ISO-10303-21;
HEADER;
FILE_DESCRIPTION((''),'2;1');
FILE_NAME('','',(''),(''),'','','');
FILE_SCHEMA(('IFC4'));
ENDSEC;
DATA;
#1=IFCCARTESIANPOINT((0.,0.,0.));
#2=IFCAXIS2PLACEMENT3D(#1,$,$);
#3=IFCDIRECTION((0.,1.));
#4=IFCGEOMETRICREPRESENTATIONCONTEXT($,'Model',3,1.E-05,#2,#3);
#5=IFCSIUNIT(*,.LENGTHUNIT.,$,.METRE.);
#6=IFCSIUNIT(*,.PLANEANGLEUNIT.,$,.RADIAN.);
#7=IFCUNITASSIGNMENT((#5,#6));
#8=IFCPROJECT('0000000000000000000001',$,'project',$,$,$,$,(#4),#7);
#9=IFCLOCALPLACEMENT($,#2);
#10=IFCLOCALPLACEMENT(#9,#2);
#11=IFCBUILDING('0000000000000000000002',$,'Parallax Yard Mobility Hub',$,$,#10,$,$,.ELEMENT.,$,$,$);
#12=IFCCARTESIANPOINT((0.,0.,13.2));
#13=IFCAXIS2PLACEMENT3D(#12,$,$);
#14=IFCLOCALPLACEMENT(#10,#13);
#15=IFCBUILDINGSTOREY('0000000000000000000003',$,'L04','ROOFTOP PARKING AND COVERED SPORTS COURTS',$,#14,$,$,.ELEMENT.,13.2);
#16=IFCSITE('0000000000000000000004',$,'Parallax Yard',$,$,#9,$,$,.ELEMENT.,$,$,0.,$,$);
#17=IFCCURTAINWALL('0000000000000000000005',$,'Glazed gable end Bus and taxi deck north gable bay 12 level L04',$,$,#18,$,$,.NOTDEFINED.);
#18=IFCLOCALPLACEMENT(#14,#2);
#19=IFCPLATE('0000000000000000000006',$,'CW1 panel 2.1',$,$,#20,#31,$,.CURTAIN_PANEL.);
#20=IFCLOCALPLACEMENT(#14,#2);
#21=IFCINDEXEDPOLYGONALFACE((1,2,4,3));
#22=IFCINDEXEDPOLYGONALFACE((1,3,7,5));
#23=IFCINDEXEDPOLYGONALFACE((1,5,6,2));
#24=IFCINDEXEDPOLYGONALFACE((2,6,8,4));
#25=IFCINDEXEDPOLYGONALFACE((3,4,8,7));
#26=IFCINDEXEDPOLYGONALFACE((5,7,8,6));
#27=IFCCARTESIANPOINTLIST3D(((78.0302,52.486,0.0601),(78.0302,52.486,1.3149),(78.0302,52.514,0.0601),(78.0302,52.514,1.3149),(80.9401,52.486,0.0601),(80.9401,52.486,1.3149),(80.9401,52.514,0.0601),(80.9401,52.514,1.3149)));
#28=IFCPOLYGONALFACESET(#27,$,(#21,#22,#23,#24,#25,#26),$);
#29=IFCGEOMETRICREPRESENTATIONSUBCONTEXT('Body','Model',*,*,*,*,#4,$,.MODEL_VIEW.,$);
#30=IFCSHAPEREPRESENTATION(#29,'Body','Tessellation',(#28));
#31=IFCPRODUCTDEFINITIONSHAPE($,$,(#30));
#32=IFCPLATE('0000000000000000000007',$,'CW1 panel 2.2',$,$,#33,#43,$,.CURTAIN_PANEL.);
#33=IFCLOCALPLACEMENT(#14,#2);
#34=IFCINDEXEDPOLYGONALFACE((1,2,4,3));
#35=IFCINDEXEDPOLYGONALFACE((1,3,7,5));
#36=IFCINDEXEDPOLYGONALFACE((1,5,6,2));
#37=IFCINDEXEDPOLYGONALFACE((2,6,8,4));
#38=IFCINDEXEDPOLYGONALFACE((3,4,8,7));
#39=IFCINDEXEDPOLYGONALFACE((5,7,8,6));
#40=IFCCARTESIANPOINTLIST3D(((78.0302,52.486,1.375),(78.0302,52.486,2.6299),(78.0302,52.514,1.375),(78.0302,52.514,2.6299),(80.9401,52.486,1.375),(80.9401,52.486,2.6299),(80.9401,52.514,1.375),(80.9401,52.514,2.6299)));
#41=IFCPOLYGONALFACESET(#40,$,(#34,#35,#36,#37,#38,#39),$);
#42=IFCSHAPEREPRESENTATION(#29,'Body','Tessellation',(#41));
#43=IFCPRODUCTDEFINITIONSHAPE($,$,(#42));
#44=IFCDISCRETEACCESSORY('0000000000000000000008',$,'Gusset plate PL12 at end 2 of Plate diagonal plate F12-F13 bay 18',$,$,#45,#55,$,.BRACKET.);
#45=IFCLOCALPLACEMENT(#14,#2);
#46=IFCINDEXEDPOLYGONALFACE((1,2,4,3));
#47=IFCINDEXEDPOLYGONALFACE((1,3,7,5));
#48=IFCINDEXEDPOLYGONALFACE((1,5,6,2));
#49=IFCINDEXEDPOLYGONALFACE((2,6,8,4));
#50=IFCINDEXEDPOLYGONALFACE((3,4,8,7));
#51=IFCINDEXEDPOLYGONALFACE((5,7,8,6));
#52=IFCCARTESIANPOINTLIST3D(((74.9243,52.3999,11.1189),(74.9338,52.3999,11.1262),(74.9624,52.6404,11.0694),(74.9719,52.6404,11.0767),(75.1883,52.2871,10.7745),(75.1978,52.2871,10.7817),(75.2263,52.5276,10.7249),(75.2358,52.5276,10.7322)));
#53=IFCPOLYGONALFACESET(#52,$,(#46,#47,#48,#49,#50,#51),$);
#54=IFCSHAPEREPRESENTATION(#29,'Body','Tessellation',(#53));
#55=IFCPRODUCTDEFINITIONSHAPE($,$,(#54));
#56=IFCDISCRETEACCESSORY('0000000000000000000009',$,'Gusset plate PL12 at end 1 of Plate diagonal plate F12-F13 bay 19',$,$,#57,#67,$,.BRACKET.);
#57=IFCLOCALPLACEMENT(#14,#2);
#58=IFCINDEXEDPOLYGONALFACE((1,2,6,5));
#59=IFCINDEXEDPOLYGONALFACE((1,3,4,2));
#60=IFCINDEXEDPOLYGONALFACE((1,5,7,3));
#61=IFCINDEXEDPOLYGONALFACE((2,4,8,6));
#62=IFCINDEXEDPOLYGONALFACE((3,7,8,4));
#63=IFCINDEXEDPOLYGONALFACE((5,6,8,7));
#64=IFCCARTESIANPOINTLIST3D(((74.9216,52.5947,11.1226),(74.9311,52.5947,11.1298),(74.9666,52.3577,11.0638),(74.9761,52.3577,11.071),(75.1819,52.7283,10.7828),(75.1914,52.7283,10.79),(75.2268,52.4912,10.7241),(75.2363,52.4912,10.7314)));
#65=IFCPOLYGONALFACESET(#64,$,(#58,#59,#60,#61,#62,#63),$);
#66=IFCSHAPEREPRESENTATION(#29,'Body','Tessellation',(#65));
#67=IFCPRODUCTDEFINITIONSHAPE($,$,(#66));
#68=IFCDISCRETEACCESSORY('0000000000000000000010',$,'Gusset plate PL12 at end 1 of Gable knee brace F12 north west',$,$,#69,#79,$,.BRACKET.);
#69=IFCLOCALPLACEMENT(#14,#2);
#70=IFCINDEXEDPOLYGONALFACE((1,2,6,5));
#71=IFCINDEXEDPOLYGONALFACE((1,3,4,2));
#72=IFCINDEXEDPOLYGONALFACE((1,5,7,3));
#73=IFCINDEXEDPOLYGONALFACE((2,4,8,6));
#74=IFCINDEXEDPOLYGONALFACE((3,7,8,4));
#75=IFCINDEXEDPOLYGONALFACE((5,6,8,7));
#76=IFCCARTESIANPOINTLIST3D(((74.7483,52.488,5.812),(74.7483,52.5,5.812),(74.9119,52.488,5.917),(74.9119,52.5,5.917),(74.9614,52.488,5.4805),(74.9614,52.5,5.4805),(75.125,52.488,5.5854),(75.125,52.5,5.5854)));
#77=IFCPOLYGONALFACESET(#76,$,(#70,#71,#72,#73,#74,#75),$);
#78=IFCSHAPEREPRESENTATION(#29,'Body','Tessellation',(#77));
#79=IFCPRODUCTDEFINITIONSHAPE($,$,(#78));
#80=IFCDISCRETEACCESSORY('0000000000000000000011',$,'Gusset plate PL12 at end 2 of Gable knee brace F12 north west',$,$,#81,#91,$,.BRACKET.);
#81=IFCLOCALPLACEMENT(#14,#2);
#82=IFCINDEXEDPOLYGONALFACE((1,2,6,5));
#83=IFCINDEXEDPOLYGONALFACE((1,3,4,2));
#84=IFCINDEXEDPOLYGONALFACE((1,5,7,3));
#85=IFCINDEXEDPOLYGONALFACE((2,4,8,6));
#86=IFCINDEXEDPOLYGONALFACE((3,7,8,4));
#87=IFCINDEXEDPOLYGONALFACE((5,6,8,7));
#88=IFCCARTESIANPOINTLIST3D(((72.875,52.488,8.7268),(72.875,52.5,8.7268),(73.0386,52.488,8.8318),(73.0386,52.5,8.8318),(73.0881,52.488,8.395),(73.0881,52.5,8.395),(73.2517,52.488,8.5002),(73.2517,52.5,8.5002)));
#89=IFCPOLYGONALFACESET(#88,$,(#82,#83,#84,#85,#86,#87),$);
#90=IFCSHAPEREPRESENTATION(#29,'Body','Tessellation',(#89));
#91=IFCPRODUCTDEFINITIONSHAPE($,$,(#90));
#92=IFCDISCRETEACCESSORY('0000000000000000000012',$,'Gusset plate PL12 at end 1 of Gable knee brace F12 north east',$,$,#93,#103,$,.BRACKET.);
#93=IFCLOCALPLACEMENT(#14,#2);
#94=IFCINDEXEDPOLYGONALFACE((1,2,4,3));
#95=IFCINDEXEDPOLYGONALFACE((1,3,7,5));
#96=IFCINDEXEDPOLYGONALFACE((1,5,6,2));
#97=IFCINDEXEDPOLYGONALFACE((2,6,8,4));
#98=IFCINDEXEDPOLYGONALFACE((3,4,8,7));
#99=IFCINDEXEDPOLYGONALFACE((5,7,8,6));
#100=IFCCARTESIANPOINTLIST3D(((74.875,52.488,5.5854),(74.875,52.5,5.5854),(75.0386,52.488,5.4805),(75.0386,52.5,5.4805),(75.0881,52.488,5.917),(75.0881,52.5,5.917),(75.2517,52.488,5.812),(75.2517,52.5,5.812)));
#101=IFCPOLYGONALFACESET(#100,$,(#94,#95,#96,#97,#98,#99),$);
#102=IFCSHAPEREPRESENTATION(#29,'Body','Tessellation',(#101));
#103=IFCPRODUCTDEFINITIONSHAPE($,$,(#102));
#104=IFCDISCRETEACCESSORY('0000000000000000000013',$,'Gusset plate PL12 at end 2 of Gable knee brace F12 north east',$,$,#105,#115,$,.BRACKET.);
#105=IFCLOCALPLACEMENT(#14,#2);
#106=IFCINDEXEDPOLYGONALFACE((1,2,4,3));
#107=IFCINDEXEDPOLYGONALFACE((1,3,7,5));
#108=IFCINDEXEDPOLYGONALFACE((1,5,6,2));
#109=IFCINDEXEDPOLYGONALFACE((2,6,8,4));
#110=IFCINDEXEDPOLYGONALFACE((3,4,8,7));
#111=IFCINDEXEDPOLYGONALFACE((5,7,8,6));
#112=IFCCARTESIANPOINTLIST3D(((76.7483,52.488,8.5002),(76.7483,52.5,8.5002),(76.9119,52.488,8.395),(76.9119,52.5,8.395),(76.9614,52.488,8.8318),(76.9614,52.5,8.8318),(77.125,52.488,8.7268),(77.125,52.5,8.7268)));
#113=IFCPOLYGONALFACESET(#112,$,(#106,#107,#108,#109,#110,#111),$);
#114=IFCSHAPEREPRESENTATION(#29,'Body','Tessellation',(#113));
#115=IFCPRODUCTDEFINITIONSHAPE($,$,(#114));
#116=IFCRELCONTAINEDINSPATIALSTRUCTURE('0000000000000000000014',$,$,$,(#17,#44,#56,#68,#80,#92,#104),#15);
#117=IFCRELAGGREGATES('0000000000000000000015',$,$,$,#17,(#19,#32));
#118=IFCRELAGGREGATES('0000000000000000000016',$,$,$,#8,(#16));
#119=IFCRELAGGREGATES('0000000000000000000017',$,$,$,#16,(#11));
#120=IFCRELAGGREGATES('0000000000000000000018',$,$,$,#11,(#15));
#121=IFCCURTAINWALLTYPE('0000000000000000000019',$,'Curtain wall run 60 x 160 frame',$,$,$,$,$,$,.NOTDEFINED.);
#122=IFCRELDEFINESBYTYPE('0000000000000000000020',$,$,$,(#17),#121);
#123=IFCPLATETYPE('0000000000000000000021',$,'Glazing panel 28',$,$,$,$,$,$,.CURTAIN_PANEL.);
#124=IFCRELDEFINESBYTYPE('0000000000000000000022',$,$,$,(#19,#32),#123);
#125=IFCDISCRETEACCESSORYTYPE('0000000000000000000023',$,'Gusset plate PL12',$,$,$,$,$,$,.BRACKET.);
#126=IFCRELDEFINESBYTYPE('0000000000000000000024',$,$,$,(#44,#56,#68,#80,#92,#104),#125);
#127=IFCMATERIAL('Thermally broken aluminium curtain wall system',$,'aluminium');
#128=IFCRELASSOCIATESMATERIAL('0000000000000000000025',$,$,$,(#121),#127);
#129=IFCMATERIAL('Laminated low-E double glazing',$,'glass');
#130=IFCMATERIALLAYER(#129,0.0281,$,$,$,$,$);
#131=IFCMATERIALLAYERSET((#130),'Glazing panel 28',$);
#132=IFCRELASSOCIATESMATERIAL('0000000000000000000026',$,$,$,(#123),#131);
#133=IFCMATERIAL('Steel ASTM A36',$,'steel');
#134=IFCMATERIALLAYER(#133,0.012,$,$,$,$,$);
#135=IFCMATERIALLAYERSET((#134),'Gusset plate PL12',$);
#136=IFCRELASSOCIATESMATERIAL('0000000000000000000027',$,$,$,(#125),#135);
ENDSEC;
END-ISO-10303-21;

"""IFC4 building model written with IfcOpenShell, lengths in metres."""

from ifc_helpers import new_model, si_unit, direction, frame, origin, origin_2d, place, context, subcontext, project, spatial, polyline, rectangle, outline, extrude, material, layer, layer_set, type_object, element, aggregate, save


model = new_model("IFC4")

# Units and contexts
model_context = context("Model", 3, precision=1e-05, world=origin(), true_north=direction((0.0, 1.0)))
body_context = subcontext(model_context, "Body", "Model", "MODEL_VIEW")
ifc_project = project(units=[si_unit("LENGTHUNIT", "METRE"), si_unit("PLANEANGLEUNIT", "RADIAN")], contexts=[model_context])

# Site, building, storey
site_placement = place(None, origin())
site = spatial("IfcSite", under=ifc_project, at=site_placement, Name="Parallax Yard", CompositionType="ELEMENT", RefElevation=0.0)
building_placement = place(site_placement, origin())
building = spatial("IfcBuilding", under=site, at=building_placement, Name="Parallax Yard Mobility Hub", CompositionType="ELEMENT")
storey_placement = place(building_placement, frame((0.0, 0.0, 13.2)))
storey = spatial("IfcBuildingStorey", under=building, at=storey_placement, Name="L04", Description="ROOFTOP PARKING AND COVERED SPORTS COURTS", CompositionType="ELEMENT", Elevation=13.2)

# Shared definitions
ifc_material_1 = material(Name="Thermally broken aluminium curtain wall system", Category="aluminium")
curtain_wall_type = type_object("IfcCurtainWallType", Name="Curtain wall run 60 x 160 frame", PredefinedType="NOTDEFINED", material=ifc_material_1)

# Curtain wall
curtain_wall_1_placement = place(storey_placement, origin())
curtain_wall_1 = element("IfcCurtainWall", 1, at=curtain_wall_1_placement, inside=storey, type_object=curtain_wall_type, Name="Glazed gable end Bus and taxi deck north gable bay 12 level L04", PredefinedType="NOTDEFINED")

# Plates
ifc_material_2 = material(Name="Laminated low-E double glazing", Category="glass")
ifc_layer_1 = layer(ifc_material_2, 0.0281)
ifc_layer_set_1 = layer_set([ifc_layer_1], Name="Glazing panel 28")
plate_type = type_object("IfcPlateType", Name="Glazing panel 28", PredefinedType="CURTAIN_PANEL", material=ifc_layer_set_1)
plate_1_placement = place(storey_placement, frame((79.4851, 52.5, 0.0601), z_axis=(0.0, 0.0, 1.0), x_axis=(1.0, 0.0, 0.0)))
plate_1 = element("IfcPlate", 2, at=plate_1_placement, type_object=plate_type, Name="CW1 panel 2.1", PredefinedType="CURTAIN_PANEL", context=body_context, shape_type="SweptSolid", body=[
    extrude(rectangle(XDim=2.9099, YDim=0.0281, at=origin_2d()), origin(), (0.0, 0.0, 1.0), 1.2549),
])
plate_2_placement = place(storey_placement, frame((79.4851, 52.5, 1.375), z_axis=(0.0, 0.0, 1.0), x_axis=(1.0, 0.0, 0.0)))
plate_2 = element("IfcPlate", 3, at=plate_2_placement, type_object=plate_type, Name="CW1 panel 2.2", PredefinedType="CURTAIN_PANEL", context=body_context, shape_type="SweptSolid", body=[
    extrude(rectangle(XDim=2.9099, YDim=0.0281, at=origin_2d()), origin(), (0.0, 0.0, 1.0), 1.2549),
])
aggregate(curtain_wall_1, [plate_1, plate_2])

# Discrete accessories
ifc_material_3 = material(Name="Steel ASTM A36", Category="steel")
ifc_layer_2 = layer(ifc_material_3, 0.012)
ifc_layer_set_2 = layer_set([ifc_layer_2], Name="Gusset plate PL12")
discrete_accessory_type = type_object("IfcDiscreteAccessoryType", Name="Gusset plate PL12", PredefinedType="BRACKET", material=ifc_layer_set_2)
discrete_accessory_1_placement = place(storey_placement, frame((75.2358, 52.5276, 10.7322), z_axis=(0.793758, -0.00036, 0.608234), x_axis=(-0.588603, 0.251558, 0.768287)))
element("IfcDiscreteAccessory", 4, at=discrete_accessory_1_placement, inside=storey, type_object=discrete_accessory_type, Name="Gusset plate PL12 at end 2 of Plate diagonal plate F12-F13 bay 18", PredefinedType="BRACKET", context=body_context, shape_type="SweptSolid", body=[
    extrude(outline(polyline([(0.0, 0.0), (0.4484, 0.0), (0.4484, 0.2485), (0.0, 0.2485), (0.0, 0.0)])), origin(), (0.0, 0.0, -1.0), 0.012),
])
discrete_accessory_2_placement = place(storey_placement, frame((75.1914, 52.7283, 10.79), z_axis=(0.793865, -0.00018, 0.608093), x_axis=(-0.580541, -0.297827, 0.757807)))
element("IfcDiscreteAccessory", 5, at=discrete_accessory_2_placement, inside=storey, type_object=discrete_accessory_type, Name="Gusset plate PL12 at end 1 of Plate diagonal plate F12-F13 bay 19", PredefinedType="BRACKET", context=body_context, shape_type="SweptSolid", body=[
    extrude(outline(polyline([(0.0, 0.0), (0.4484, 0.0), (0.4483, 0.2483), (0.0001, 0.2483), (0.0, 0.0)])), origin(), (0.0, 0.0, -1.0), 0.012),
])
discrete_accessory_3_placement = place(storey_placement, frame((74.9119, 52.5, 5.917), z_axis=(0.0, 1.0, 0.0), x_axis=(0.540758, 0.0, -0.841178)))
element("IfcDiscreteAccessory", 6, at=discrete_accessory_3_placement, inside=storey, type_object=discrete_accessory_type, Name="Gusset plate PL12 at end 1 of Gable knee brace F12 north west", PredefinedType="BRACKET", context=body_context, shape_type="SweptSolid", body=[
    extrude(outline(polyline([(0.0, 0.0), (0.3941, 0.0), (0.394, 0.1944), (-0.0001, 0.1944), (0.0, 0.0)])), origin(), (0.0, 0.0, -1.0), 0.012),
])
discrete_accessory_4_placement = place(storey_placement, frame((73.0881, 52.5, 8.395), z_axis=(0.0, 1.0, 0.0), x_axis=(-0.540476, 0.0, 0.841359)))
element("IfcDiscreteAccessory", 7, at=discrete_accessory_4_placement, inside=storey, type_object=discrete_accessory_type, Name="Gusset plate PL12 at end 2 of Gable knee brace F12 north west", PredefinedType="BRACKET", context=body_context, shape_type="SweptSolid", body=[
    extrude(outline(polyline([(0.0, 0.0), (0.3943, 0.0), (0.3943, 0.1944), (0.0001, 0.1945), (0.0, 0.0)])), origin(), (0.0, 0.0, -1.0), 0.012),
])
discrete_accessory_5_placement = place(storey_placement, frame((75.2517, 52.5, 5.812), z_axis=(0.0, 1.0, 0.0), x_axis=(-0.540758, 0.0, -0.841178)))
element("IfcDiscreteAccessory", 8, at=discrete_accessory_5_placement, inside=storey, type_object=discrete_accessory_type, Name="Gusset plate PL12 at end 1 of Gable knee brace F12 north east", PredefinedType="BRACKET", context=body_context, shape_type="SweptSolid", body=[
    extrude(outline(polyline([(0.0, 0.0), (0.3941, 0.0), (0.3943, 0.1944), (0.0001, 0.1944), (0.0, 0.0)])), origin(), (0.0, 0.0, -1.0), 0.012),
])
discrete_accessory_6_placement = place(storey_placement, frame((76.7483, 52.5, 8.5002), z_axis=(0.0, 1.0, 0.0), x_axis=(0.540758, 0.0, 0.841178)))
element("IfcDiscreteAccessory", 9, at=discrete_accessory_6_placement, inside=storey, type_object=discrete_accessory_type, Name="Gusset plate PL12 at end 2 of Gable knee brace F12 north east", PredefinedType="BRACKET", context=body_context, shape_type="SweptSolid", body=[
    extrude(outline(polyline([(0.0, 0.0), (0.3941, 0.0), (0.3943, 0.1944), (-0.0001, 0.1945), (0.0, 0.0)])), origin(), (0.0, 0.0, -1.0), 0.012),
])

save(model, "model.ifc")
